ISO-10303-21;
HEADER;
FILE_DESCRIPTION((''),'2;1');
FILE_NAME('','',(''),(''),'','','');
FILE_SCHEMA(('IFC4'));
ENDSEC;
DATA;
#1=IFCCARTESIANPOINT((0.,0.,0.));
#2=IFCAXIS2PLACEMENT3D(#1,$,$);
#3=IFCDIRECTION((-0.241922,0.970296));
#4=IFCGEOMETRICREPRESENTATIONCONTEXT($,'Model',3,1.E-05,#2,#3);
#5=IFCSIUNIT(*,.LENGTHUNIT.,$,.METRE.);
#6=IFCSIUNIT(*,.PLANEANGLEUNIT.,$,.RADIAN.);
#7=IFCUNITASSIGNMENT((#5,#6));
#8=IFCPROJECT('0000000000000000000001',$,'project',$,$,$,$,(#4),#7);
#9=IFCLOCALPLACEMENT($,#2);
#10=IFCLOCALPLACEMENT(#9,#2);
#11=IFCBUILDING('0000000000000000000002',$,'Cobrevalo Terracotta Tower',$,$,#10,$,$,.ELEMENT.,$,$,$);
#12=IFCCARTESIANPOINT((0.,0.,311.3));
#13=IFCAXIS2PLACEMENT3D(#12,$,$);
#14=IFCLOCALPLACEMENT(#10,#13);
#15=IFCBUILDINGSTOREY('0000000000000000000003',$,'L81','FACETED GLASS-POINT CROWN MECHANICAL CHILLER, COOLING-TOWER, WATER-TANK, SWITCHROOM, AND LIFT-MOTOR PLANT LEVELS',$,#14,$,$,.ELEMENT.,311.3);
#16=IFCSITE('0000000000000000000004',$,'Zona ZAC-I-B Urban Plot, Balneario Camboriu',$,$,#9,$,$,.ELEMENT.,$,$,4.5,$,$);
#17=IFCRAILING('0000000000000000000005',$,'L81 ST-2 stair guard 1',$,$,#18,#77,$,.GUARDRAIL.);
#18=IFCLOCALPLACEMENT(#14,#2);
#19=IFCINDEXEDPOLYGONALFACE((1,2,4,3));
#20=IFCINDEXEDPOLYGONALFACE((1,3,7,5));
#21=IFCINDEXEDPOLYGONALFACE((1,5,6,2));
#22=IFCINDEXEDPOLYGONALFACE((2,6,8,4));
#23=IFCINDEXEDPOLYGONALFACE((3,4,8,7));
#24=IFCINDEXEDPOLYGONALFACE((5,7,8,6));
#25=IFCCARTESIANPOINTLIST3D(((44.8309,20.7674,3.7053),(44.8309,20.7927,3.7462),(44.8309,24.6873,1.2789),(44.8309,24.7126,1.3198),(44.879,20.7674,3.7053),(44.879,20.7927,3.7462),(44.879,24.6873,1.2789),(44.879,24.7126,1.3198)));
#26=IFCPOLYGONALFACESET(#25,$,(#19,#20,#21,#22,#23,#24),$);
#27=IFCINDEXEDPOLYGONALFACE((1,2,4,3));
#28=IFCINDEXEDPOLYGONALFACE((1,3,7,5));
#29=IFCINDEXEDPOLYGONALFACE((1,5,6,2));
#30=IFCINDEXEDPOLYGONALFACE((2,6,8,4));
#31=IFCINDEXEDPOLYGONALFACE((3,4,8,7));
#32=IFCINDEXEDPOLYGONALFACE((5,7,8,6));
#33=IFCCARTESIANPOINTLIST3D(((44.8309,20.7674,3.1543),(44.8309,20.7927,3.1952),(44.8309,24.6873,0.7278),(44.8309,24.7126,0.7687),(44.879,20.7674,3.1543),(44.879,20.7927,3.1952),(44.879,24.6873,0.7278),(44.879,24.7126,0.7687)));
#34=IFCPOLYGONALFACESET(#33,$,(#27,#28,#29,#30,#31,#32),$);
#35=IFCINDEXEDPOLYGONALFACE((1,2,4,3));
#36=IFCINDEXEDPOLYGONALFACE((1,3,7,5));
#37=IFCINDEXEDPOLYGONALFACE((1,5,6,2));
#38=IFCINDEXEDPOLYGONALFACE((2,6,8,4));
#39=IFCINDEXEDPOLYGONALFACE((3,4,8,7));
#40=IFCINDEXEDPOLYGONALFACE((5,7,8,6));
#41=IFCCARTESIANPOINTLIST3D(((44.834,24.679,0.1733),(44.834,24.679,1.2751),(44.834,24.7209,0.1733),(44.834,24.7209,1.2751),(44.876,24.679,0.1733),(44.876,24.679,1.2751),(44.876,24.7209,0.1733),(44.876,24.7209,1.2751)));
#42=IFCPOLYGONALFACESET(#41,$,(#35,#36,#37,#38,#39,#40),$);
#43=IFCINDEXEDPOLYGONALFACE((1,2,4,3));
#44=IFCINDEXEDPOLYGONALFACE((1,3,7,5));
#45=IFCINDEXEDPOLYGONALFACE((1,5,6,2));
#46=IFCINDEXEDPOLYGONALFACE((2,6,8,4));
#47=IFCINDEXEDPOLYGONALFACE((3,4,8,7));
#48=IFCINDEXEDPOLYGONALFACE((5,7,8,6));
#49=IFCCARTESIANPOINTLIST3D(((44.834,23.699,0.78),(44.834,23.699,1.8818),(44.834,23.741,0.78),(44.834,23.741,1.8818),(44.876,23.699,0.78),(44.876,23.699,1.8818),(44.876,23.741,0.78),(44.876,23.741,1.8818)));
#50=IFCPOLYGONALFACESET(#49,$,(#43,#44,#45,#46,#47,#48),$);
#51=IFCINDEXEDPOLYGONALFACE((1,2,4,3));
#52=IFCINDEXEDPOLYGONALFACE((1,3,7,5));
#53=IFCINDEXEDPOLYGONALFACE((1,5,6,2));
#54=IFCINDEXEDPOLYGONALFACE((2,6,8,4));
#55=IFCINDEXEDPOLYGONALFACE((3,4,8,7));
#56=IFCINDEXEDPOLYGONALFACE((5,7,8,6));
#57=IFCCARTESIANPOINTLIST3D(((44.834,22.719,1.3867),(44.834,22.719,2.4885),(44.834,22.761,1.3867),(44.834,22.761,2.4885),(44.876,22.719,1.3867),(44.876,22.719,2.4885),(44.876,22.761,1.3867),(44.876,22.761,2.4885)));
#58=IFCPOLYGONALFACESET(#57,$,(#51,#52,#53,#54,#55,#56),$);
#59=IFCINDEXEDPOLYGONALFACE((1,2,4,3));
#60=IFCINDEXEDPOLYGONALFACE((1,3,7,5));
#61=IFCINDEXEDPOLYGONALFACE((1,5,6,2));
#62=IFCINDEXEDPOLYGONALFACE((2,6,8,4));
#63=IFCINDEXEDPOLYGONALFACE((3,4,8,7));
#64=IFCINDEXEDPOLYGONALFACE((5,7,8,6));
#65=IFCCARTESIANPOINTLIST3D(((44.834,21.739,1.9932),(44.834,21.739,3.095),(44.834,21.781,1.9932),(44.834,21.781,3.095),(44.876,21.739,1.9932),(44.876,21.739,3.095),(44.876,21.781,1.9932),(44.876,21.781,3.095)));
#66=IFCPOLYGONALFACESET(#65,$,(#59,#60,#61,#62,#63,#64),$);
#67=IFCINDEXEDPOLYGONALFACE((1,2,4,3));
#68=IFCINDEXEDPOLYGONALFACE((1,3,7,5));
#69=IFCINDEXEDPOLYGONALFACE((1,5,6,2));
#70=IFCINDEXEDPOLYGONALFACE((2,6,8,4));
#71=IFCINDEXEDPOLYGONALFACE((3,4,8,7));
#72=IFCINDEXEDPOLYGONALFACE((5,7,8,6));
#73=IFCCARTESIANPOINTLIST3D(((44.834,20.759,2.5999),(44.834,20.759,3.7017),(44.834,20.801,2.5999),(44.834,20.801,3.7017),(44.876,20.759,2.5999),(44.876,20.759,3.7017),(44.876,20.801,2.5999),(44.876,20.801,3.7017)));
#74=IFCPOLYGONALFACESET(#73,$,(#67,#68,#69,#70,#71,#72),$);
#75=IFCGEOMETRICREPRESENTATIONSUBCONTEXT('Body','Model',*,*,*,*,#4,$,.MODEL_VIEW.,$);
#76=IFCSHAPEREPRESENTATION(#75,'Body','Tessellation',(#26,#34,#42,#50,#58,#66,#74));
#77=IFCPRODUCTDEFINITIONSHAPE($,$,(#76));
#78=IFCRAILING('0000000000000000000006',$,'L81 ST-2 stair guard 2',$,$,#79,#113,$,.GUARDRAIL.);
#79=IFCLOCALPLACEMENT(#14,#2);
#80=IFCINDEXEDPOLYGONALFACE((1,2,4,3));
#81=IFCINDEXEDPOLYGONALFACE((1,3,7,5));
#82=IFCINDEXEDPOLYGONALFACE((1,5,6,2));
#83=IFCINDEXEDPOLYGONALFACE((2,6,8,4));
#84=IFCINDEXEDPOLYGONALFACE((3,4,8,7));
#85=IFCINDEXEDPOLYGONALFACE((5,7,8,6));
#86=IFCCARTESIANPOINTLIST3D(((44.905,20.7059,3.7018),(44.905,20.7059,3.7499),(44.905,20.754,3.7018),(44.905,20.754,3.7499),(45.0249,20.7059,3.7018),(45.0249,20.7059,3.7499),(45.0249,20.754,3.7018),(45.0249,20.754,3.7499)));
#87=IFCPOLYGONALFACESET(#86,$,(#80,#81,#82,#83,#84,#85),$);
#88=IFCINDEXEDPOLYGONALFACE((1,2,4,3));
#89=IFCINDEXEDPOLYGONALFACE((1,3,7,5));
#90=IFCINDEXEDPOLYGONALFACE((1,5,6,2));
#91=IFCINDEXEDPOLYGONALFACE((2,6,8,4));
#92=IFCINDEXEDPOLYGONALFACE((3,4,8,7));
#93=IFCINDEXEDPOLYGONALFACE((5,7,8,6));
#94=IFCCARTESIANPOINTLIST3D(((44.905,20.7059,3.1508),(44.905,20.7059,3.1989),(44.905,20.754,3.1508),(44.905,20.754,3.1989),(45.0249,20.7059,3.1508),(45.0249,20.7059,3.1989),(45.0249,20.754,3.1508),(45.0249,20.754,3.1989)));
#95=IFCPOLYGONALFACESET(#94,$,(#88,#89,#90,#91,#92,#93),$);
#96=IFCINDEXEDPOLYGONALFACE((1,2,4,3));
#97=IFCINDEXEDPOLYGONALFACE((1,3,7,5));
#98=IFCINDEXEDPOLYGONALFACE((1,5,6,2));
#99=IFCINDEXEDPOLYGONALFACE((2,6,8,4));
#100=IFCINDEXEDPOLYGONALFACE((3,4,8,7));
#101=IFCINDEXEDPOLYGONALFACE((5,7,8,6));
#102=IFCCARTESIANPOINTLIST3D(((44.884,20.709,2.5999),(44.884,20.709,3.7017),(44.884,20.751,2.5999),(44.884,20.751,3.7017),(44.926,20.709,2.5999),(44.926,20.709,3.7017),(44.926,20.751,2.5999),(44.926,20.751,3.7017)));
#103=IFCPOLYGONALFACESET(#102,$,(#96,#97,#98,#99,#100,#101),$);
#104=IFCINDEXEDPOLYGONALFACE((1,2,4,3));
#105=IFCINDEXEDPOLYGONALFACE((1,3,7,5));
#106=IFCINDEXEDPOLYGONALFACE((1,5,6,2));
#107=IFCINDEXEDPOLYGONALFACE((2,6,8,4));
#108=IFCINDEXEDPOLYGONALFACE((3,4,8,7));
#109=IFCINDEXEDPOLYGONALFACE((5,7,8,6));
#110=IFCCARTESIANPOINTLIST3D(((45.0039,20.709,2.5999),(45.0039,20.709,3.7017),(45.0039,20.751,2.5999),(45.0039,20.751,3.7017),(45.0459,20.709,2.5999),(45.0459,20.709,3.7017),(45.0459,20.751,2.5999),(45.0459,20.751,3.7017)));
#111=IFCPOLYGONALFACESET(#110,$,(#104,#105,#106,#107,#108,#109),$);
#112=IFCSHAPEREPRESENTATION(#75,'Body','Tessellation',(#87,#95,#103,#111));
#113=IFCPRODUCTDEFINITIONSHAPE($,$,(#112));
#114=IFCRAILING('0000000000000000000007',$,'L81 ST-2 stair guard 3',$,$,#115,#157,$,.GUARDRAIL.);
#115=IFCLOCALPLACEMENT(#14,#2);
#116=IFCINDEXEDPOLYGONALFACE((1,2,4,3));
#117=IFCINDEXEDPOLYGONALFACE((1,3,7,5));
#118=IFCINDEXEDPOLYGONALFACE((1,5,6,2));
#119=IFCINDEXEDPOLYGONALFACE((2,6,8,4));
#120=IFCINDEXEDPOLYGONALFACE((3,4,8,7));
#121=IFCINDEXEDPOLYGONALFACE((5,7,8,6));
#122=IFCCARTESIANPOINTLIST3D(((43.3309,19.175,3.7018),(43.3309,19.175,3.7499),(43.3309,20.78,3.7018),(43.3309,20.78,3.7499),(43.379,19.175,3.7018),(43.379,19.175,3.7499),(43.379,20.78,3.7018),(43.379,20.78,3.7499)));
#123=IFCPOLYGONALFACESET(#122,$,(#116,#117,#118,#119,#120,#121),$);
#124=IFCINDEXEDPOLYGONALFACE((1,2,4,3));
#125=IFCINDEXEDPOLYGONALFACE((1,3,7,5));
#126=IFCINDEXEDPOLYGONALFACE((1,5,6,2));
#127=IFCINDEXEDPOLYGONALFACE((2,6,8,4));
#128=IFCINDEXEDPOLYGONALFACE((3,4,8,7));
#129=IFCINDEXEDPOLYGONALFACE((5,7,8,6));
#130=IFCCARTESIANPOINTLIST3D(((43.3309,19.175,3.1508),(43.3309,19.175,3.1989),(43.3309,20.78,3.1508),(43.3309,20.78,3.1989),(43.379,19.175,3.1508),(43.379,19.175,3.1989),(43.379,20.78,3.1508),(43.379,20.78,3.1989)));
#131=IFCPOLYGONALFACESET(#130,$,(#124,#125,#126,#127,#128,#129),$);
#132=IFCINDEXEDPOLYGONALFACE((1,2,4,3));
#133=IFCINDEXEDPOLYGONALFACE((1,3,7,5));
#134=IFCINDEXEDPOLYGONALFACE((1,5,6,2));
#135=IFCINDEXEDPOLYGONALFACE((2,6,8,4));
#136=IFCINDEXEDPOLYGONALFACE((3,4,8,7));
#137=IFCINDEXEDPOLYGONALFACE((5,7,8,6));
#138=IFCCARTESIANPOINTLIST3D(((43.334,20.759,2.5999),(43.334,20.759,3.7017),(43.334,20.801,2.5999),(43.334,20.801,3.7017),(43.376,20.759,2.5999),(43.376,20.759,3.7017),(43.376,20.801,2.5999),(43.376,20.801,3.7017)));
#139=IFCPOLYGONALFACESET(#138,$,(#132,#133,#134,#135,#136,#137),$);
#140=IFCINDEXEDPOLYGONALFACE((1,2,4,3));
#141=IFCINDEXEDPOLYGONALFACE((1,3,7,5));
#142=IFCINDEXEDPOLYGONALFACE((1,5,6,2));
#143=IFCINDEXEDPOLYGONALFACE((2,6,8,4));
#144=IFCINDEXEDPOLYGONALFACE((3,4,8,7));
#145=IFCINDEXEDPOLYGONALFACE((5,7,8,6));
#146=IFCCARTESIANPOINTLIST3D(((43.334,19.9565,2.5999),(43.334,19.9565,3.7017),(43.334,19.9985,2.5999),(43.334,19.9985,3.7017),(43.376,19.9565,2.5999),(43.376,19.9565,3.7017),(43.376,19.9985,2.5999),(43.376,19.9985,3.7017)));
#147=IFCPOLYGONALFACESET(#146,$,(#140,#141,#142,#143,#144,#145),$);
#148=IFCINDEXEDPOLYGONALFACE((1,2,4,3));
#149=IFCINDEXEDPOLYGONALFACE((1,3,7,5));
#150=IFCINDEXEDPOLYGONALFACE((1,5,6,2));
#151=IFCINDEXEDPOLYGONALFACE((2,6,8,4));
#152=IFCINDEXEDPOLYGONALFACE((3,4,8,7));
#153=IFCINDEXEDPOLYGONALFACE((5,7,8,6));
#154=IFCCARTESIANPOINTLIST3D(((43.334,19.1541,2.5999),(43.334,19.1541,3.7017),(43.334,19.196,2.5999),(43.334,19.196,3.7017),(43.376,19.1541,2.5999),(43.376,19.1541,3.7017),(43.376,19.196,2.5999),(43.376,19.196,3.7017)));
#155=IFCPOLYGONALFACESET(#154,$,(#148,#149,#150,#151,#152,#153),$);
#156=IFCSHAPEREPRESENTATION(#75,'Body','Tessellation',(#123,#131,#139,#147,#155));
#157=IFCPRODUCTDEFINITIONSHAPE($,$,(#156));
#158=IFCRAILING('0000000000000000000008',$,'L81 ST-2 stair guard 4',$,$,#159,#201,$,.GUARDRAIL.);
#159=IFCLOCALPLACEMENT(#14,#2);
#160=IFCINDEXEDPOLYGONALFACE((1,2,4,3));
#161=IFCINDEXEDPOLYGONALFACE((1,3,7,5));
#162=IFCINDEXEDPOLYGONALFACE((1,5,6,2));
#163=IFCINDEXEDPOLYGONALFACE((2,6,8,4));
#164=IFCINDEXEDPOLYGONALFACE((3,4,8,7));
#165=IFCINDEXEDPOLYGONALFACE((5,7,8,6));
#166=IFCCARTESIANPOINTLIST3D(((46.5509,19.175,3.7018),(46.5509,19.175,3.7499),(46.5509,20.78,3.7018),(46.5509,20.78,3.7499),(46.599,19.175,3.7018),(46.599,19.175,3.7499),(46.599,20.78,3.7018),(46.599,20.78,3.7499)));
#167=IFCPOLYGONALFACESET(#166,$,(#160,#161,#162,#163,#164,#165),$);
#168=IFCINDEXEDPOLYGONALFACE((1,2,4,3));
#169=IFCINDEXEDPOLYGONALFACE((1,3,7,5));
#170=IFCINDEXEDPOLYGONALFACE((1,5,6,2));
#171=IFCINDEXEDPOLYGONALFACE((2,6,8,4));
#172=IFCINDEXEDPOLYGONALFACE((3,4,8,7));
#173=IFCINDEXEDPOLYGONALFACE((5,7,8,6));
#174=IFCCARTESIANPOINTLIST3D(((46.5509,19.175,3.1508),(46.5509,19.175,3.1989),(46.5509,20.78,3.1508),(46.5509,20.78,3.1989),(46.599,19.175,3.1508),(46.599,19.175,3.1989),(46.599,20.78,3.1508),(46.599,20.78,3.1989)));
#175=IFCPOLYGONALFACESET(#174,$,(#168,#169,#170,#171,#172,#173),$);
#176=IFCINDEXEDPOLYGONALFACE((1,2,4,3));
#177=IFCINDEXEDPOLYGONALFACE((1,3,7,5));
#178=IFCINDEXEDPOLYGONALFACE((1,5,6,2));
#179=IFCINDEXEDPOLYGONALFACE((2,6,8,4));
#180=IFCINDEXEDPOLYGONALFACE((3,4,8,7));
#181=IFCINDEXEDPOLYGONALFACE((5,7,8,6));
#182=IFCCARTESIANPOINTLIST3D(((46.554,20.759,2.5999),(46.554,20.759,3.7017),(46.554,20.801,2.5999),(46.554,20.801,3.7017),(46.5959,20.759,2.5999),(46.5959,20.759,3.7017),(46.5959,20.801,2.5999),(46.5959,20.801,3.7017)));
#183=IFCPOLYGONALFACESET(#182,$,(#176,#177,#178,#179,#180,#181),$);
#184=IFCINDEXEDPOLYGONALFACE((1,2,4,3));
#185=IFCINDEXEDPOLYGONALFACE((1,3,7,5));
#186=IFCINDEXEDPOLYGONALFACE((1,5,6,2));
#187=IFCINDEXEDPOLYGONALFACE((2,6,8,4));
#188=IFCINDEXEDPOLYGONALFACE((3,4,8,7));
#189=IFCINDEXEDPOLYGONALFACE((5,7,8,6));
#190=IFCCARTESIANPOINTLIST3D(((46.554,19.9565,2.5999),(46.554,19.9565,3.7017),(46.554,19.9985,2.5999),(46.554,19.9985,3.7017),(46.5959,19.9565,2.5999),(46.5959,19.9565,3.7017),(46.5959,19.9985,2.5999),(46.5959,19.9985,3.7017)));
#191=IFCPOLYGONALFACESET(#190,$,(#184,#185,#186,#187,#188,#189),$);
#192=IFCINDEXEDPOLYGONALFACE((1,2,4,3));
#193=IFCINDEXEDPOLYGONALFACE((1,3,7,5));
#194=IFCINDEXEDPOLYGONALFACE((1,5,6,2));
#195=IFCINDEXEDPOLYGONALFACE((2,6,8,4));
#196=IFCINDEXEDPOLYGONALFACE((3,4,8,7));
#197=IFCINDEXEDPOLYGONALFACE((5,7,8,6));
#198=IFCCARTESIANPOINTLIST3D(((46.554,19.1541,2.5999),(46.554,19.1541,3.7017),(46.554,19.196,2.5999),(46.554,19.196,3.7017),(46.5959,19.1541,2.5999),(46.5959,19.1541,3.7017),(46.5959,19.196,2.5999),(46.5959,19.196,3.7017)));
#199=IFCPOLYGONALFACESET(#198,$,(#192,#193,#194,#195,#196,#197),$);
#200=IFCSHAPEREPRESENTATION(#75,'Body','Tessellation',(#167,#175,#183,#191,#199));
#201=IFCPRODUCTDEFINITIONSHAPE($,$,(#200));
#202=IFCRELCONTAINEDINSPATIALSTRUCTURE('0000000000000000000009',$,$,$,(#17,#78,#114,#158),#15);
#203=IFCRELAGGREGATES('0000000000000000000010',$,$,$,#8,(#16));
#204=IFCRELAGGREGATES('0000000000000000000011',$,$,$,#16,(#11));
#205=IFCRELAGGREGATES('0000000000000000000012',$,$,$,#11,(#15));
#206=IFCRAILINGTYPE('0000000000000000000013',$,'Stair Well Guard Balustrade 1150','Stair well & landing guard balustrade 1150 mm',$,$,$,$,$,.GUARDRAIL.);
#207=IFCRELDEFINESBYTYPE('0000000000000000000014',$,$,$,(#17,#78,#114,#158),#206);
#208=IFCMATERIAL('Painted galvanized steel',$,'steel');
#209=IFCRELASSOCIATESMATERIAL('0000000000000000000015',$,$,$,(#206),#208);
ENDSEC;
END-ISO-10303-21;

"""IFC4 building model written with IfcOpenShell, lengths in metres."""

from ifc_helpers import new_model, si_unit, direction, frame, origin, origin_2d, place, context, subcontext, project, spatial, rectangle, extrude, material, type_object, element, save


model = new_model("IFC4")

# Units and contexts
model_context = context("Model", 3, precision=1e-05, world=origin(), true_north=direction((-0.241922, 0.970296)))
body_context = subcontext(model_context, "Body", "Model", "MODEL_VIEW")
ifc_project = project(units=[si_unit("LENGTHUNIT", "METRE"), si_unit("PLANEANGLEUNIT", "RADIAN")], contexts=[model_context])

# Site, building, storey
site_placement = place(None, origin())
site = spatial("IfcSite", under=ifc_project, at=site_placement, Name="Zona ZAC-I-B Urban Plot, Balneario Camboriu", CompositionType="ELEMENT", RefElevation=4.5)
building_placement = place(site_placement, origin())
building = spatial("IfcBuilding", under=site, at=building_placement, Name="Cobrevalo Terracotta Tower", CompositionType="ELEMENT")
storey_placement = place(building_placement, frame((0.0, 0.0, 311.3)))
storey = spatial("IfcBuildingStorey", under=building, at=storey_placement, Name="L81", Description="FACETED GLASS-POINT CROWN MECHANICAL CHILLER, COOLING-TOWER, WATER-TANK, SWITCHROOM, AND LIFT-MOTOR PLANT LEVELS", CompositionType="ELEMENT", Elevation=311.3)

# Railings
ifc_material_1 = material(Name="Painted galvanized steel", Category="steel")
railing_type_1 = type_object("IfcRailingType", Name="Stair Well Guard Balustrade 1150", Description="Stair well & landing guard balustrade 1150 mm", PredefinedType="GUARDRAIL", material=ifc_material_1)
railing_1_placement = place(storey_placement, frame((44.855, 24.7, 0.1733)))
element("IfcRailing", 1, at=railing_1_placement, inside=storey, type_object=railing_type_1, Name="L81 ST-2 stair guard 1", PredefinedType="GUARDRAIL", context=body_context, shape_type="SweptSolid", body=[
    extrude(rectangle(XDim=0.0481, YDim=0.0481, at=origin_2d()), frame((0.0, 0.0, 1.126), z_axis=(0.0, -0.850275, 0.526338), x_axis=(1.0, 0.0, 0.0)), (0.0, 0.0, 1.0), 4.6101),
    extrude(rectangle(XDim=0.0481, YDim=0.0481, at=origin_2d()), frame((0.0, 0.0, 0.575), z_axis=(0.0, -0.850275, 0.526338), x_axis=(1.0, 0.0, 0.0)), (0.0, 0.0, 1.0), 4.6101),
    extrude(rectangle(XDim=0.042, YDim=0.042, at=origin_2d()), origin(), (0.0, 0.0, 1.0), 1.1018),
    extrude(rectangle(XDim=0.042, YDim=0.042, at=origin_2d()), frame((0.0, -0.98, 0.6067)), (0.0, 0.0, 1.0), 1.1018),
    extrude(rectangle(XDim=0.042, YDim=0.042, at=origin_2d()), frame((0.0, -1.96, 1.2134)), (0.0, 0.0, 1.0), 1.1018),
    extrude(rectangle(XDim=0.042, YDim=0.042, at=origin_2d()), frame((0.0, -2.9399, 1.8198)), (0.0, 0.0, 1.0), 1.1018),
    extrude(rectangle(XDim=0.042, YDim=0.042, at=origin_2d()), frame((0.0, -3.9199, 2.4265)), (0.0, 0.0, 1.0), 1.1018),
])
railing_2_placement = place(storey_placement, frame((44.905, 20.73, 2.5999)))
element("IfcRailing", 2, at=railing_2_placement, inside=storey, type_object=railing_type_1, Name="L81 ST-2 stair guard 2", PredefinedType="GUARDRAIL", context=body_context, shape_type="SweptSolid", body=[
    extrude(rectangle(XDim=0.0481, YDim=0.0481, at=origin_2d()), frame((0.0, 0.0, 1.126), z_axis=(1.0, 0.0, 0.0), x_axis=(0.0, 1.0, 0.0)), (0.0, 0.0, 1.0), 0.1199),
    extrude(rectangle(XDim=0.0481, YDim=0.0481, at=origin_2d()), frame((0.0, 0.0, 0.575), z_axis=(1.0, 0.0, 0.0), x_axis=(0.0, 1.0, 0.0)), (0.0, 0.0, 1.0), 0.1199),
    extrude(rectangle(XDim=0.042, YDim=0.042, at=origin_2d()), origin(), (0.0, 0.0, 1.0), 1.1018),
    extrude(rectangle(XDim=0.042, YDim=0.042, at=origin_2d()), frame((0.1199, 0.0, 0.0)), (0.0, 0.0, 1.0), 1.1018),
])
for number, where, name in (
    (3, (43.355, 20.78, 2.5999), "L81 ST-2 stair guard 3"),
    (4, (46.575, 20.78, 2.5999), "L81 ST-2 stair guard 4"),
):
    element("IfcRailing", number, at=place(storey_placement, frame(where)), inside=storey, type_object=railing_type_1, Name=name, PredefinedType="GUARDRAIL", context=body_context, shape_type="SweptSolid", body=[
        extrude(rectangle(XDim=0.0481, YDim=0.0481, at=origin_2d()), frame((0.0, 0.0, 1.126), z_axis=(0.0, -1.0, 0.0), x_axis=(1.0, 0.0, 0.0)), (0.0, 0.0, 1.0), 1.605),
        extrude(rectangle(XDim=0.0481, YDim=0.0481, at=origin_2d()), frame((0.0, 0.0, 0.575), z_axis=(0.0, -1.0, 0.0), x_axis=(1.0, 0.0, 0.0)), (0.0, 0.0, 1.0), 1.605),
        extrude(rectangle(XDim=0.042, YDim=0.042, at=origin_2d()), origin(), (0.0, 0.0, 1.0), 1.1018),
        extrude(rectangle(XDim=0.042, YDim=0.042, at=origin_2d()), frame((0.0, -0.8025, 0.0)), (0.0, 0.0, 1.0), 1.1018),
        extrude(rectangle(XDim=0.042, YDim=0.042, at=origin_2d()), frame((0.0, -1.605, 0.0)), (0.0, 0.0, 1.0), 1.1018),
    ])

save(model, "model.ifc")
